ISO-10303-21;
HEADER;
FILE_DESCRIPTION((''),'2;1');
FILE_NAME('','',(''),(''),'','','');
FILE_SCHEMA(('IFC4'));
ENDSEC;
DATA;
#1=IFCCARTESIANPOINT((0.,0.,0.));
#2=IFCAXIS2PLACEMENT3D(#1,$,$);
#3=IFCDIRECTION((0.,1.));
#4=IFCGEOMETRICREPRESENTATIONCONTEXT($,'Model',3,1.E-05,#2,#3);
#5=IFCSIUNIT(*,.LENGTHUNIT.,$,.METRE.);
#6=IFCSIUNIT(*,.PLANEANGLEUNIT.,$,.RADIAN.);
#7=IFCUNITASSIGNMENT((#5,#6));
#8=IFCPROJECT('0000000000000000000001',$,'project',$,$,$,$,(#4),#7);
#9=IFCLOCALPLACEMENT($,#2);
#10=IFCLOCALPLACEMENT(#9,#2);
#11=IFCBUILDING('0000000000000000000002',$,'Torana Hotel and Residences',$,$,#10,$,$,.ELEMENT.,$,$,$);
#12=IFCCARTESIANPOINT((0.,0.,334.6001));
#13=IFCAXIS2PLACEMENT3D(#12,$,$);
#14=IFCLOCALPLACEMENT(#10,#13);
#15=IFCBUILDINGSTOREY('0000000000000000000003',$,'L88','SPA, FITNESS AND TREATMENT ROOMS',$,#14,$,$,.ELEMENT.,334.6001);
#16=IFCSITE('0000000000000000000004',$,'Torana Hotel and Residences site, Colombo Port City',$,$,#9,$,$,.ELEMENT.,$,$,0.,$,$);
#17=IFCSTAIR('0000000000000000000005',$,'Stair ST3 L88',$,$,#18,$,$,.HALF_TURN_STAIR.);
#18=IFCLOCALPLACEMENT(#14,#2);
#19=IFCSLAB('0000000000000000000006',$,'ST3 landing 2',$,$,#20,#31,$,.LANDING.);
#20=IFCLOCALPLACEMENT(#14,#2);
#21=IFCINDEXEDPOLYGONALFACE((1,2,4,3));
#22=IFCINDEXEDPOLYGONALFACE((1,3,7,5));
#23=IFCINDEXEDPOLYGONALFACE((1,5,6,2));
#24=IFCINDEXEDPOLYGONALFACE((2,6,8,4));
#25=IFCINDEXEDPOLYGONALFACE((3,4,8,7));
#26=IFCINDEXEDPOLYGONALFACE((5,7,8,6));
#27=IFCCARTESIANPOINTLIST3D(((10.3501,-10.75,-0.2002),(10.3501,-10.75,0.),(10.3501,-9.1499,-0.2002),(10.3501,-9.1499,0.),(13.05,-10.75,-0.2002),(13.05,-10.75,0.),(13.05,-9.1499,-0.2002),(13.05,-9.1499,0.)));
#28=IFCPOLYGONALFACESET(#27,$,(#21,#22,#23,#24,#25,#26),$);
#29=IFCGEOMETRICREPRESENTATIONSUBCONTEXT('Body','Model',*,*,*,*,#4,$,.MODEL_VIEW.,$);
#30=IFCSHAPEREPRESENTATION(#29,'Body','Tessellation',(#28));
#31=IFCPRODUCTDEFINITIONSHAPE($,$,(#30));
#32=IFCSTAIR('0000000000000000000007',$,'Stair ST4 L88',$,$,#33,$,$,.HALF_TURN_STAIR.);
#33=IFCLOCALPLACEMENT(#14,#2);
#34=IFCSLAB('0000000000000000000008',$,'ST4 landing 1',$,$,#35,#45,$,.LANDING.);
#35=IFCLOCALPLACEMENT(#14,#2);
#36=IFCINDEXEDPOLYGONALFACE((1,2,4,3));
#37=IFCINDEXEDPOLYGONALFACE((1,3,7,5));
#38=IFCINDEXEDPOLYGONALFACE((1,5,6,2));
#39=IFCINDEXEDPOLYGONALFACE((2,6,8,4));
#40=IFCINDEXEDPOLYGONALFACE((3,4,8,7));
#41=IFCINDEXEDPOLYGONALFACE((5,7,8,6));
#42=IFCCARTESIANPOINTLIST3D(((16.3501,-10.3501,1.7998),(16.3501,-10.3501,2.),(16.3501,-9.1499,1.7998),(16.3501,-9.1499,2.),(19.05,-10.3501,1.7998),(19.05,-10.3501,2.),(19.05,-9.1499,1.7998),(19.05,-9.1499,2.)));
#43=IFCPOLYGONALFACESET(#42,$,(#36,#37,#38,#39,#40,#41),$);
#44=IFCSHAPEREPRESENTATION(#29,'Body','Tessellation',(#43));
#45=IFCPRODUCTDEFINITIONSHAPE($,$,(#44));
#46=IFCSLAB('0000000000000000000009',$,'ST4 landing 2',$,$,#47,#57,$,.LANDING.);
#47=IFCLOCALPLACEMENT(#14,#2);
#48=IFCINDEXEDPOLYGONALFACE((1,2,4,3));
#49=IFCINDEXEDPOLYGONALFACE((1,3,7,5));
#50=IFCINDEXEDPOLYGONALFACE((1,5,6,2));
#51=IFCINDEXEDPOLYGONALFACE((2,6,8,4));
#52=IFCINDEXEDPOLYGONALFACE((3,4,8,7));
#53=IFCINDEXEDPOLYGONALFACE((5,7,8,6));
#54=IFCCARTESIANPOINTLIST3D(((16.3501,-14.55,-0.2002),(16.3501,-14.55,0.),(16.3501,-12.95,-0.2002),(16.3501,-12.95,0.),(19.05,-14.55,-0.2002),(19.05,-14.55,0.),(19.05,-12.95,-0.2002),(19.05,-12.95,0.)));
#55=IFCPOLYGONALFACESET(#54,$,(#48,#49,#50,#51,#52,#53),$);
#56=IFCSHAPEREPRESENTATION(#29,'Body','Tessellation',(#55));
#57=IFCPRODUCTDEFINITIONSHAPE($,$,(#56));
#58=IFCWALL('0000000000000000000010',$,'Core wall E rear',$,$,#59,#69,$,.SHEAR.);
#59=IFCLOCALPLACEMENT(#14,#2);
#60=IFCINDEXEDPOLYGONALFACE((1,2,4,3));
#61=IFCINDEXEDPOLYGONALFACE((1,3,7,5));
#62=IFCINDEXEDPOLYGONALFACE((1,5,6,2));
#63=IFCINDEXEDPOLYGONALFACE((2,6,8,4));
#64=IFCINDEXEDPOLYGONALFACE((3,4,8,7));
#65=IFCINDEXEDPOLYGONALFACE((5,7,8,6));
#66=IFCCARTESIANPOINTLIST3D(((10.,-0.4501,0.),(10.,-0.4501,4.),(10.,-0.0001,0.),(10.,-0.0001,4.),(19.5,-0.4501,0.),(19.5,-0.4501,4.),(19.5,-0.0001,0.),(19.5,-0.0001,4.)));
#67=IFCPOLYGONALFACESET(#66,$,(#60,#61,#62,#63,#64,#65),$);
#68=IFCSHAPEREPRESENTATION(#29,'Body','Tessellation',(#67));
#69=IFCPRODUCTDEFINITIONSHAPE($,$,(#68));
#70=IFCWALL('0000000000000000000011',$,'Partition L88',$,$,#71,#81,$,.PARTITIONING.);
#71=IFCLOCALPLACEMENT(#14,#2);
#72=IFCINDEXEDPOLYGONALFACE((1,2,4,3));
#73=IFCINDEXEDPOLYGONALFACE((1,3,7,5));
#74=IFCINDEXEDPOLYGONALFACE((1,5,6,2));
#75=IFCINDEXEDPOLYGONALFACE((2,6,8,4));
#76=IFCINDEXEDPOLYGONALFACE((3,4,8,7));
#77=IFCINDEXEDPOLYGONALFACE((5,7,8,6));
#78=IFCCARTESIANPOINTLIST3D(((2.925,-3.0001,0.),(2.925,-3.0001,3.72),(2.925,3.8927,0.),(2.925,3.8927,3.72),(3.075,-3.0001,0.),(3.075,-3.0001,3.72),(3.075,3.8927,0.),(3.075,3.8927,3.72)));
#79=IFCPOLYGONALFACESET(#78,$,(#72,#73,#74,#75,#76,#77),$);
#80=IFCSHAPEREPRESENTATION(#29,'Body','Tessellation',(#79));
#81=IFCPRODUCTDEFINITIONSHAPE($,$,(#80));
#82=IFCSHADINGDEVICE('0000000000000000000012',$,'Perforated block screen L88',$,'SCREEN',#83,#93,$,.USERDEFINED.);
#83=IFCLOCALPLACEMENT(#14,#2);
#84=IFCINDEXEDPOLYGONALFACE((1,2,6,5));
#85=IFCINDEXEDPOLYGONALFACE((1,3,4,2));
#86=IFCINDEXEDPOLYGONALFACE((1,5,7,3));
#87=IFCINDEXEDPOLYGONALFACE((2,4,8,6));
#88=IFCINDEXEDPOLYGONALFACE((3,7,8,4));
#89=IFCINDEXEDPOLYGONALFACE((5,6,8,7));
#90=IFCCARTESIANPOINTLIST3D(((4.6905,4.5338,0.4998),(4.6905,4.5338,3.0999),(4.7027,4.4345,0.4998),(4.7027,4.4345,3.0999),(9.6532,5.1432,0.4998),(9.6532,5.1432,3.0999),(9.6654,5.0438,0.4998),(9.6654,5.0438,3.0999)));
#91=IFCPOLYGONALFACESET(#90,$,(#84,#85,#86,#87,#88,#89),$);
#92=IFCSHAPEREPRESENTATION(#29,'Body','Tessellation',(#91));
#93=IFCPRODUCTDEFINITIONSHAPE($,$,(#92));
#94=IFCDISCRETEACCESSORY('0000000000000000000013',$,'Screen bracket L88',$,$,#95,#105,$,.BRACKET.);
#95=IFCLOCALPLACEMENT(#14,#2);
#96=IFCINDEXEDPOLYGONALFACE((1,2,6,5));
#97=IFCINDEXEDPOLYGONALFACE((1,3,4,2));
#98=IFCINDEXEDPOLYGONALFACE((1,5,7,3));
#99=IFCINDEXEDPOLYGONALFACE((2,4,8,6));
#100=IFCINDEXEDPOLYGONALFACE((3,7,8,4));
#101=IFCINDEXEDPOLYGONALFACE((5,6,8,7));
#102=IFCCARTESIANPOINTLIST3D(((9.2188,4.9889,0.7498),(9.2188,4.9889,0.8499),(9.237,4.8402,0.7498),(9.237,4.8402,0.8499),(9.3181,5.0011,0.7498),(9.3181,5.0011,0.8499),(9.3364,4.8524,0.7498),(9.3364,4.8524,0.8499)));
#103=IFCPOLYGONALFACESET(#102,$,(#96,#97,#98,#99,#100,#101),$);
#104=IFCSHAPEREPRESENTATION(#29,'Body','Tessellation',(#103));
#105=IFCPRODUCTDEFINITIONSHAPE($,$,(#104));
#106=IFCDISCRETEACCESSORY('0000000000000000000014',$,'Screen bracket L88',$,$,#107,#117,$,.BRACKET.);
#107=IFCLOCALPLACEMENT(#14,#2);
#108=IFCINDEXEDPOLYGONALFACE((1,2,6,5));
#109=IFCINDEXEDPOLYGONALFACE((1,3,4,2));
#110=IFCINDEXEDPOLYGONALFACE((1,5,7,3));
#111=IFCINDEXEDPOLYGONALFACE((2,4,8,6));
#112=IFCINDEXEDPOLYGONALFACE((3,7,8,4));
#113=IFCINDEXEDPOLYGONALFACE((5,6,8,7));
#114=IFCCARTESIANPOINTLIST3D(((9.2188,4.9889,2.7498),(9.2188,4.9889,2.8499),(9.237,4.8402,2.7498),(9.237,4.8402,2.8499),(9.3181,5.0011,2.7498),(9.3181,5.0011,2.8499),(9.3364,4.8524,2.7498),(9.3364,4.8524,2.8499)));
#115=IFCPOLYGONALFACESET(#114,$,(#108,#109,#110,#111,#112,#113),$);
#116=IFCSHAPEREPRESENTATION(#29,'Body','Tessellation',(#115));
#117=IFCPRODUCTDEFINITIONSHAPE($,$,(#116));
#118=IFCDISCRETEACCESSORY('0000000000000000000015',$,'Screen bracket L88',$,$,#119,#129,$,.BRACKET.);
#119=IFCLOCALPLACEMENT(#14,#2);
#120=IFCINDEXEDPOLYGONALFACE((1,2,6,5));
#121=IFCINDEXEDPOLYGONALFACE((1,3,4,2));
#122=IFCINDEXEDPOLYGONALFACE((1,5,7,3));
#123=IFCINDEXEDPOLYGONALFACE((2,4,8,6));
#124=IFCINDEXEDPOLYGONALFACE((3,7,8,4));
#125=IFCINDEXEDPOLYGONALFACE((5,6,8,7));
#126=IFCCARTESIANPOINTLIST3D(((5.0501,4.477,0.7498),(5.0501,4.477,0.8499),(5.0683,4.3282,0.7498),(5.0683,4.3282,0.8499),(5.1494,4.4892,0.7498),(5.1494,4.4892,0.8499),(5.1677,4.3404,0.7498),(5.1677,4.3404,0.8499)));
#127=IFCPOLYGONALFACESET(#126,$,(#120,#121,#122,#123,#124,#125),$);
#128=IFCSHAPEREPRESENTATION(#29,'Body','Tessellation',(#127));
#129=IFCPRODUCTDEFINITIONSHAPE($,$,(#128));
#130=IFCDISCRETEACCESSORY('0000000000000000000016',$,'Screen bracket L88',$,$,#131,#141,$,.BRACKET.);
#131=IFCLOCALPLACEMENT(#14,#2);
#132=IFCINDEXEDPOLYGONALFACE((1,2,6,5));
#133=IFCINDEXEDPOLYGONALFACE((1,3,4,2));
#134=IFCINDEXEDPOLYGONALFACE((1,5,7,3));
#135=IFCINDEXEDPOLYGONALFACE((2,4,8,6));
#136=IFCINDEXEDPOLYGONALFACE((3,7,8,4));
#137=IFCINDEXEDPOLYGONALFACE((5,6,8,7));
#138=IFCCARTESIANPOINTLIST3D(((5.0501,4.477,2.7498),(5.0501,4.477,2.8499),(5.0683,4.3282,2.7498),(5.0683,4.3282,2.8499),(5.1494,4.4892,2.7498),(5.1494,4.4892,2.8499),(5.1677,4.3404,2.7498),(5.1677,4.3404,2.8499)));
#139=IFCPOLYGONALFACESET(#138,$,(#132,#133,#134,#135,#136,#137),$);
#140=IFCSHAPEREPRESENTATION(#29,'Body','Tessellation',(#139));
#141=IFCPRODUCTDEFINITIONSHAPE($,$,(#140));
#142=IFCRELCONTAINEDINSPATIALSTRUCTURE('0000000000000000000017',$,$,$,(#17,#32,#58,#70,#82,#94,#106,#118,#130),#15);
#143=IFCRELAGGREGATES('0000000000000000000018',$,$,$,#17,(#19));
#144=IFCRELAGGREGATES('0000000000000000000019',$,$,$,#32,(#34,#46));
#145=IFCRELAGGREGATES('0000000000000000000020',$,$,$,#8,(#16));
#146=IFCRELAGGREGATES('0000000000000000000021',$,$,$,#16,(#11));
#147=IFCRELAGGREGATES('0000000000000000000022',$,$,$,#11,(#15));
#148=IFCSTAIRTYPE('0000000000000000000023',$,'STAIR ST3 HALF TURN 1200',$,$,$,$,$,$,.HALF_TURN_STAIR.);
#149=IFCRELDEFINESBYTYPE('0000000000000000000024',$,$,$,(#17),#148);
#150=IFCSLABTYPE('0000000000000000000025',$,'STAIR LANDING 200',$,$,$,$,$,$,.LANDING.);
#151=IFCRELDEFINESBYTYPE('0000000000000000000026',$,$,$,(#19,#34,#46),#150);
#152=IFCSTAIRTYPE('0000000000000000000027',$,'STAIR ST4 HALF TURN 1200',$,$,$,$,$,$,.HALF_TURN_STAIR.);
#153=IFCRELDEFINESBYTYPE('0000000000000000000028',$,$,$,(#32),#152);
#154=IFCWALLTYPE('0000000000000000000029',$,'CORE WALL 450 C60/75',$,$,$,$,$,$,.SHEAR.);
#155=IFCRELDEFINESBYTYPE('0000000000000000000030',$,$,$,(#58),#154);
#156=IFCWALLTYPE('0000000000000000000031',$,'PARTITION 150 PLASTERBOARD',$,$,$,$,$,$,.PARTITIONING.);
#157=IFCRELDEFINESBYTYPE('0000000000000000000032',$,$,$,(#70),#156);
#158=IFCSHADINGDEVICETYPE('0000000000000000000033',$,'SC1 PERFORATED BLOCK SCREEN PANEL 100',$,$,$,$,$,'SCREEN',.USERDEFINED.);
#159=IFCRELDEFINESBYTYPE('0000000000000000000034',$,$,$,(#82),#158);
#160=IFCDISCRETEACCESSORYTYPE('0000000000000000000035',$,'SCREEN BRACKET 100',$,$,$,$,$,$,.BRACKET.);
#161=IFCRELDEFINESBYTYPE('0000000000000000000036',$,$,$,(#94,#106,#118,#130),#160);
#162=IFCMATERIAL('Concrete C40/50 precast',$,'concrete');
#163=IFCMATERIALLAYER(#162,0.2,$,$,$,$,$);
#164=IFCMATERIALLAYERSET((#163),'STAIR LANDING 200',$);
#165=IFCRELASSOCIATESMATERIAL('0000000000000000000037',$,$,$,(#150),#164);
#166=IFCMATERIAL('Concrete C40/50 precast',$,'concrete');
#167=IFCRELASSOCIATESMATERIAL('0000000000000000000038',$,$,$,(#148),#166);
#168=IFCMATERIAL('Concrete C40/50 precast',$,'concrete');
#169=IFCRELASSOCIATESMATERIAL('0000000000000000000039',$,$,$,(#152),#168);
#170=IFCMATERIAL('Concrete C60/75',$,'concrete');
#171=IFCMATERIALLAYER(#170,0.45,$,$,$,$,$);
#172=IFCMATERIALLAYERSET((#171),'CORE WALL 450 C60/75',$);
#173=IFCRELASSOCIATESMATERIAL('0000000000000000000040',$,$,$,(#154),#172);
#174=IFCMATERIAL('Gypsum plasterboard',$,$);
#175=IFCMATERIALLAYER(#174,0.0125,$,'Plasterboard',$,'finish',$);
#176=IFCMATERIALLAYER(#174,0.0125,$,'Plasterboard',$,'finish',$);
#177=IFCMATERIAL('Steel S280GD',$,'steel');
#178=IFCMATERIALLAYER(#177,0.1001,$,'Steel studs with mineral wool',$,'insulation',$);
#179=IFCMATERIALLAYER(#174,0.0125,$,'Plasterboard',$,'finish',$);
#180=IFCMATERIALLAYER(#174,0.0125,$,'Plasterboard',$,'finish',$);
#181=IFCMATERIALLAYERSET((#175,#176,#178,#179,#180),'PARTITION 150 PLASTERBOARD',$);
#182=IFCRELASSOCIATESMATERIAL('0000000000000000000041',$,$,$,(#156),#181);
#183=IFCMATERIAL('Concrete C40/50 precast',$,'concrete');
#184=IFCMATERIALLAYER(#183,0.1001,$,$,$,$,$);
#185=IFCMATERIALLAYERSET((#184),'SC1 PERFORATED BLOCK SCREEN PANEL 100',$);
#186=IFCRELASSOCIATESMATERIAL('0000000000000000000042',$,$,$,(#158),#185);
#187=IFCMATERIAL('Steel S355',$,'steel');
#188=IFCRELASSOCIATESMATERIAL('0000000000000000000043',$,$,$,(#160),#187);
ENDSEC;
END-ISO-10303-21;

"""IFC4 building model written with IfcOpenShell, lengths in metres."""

from ifc_helpers import new_model, si_unit, direction, frame, frame_2d, origin, origin_2d, place, context, subcontext, project, spatial, polyline, rectangle, outline, extrude, material, layer, layer_set, type_object, element, aggregate, save


model = new_model("IFC4")

# Units and contexts
model_context = context("Model", 3, precision=1e-05, world=origin(), true_north=direction((0.0, 1.0)))
body_context = subcontext(model_context, "Body", "Model", "MODEL_VIEW")
ifc_project = project(units=[si_unit("LENGTHUNIT", "METRE"), si_unit("PLANEANGLEUNIT", "RADIAN")], contexts=[model_context])

# Site, building, storey
site_placement = place(None, origin())
site = spatial("IfcSite", under=ifc_project, at=site_placement, Name="Torana Hotel and Residences site, Colombo Port City", CompositionType="ELEMENT", RefElevation=0.0)
building_placement = place(site_placement, origin())
building = spatial("IfcBuilding", under=site, at=building_placement, Name="Torana Hotel and Residences", CompositionType="ELEMENT")
storey_placement = place(building_placement, frame((0.0, 0.0, 334.6001)))
storey = spatial("IfcBuildingStorey", under=building, at=storey_placement, Name="L88", Description="SPA, FITNESS AND TREATMENT ROOMS", CompositionType="ELEMENT", Elevation=334.6001)

# Stairs, slabs
ifc_material_1 = material(Name="Concrete C40/50 precast", Category="concrete")
ifc_layer_1 = layer(ifc_material_1, 0.2)
ifc_layer_set_1 = layer_set([ifc_layer_1], Name="STAIR LANDING 200")
slab_type_1 = type_object("IfcSlabType", Name="STAIR LANDING 200", PredefinedType="LANDING", material=ifc_layer_set_1)
ifc_material_2 = material(Name="Concrete C40/50 precast", Category="concrete")
stair_type_1 = type_object("IfcStairType", Name="STAIR ST3 HALF TURN 1200", PredefinedType="HALF_TURN_STAIR", material=ifc_material_2)
stair_1_placement = place(storey_placement, origin())
stair_1 = element("IfcStair", 1, at=stair_1_placement, inside=storey, type_object=stair_type_1, Name="Stair ST3 L88", PredefinedType="HALF_TURN_STAIR")
slab_1_placement = place(storey_placement, frame((0.0, 0.0, -0.2002)))
slab_1 = element("IfcSlab", 2, at=slab_1_placement, type_object=slab_type_1, Name="ST3 landing 2", PredefinedType="LANDING", context=body_context, shape_type="SweptSolid", body=[
    extrude(outline(polyline([(10.3501, -10.75), (13.05, -10.75), (13.05, -9.1499), (10.3501, -9.1499), (10.3501, -10.75)])), origin(), (0.0, 0.0, 1.0), 0.2002),
])
aggregate(stair_1, [slab_1])
ifc_material_3 = material(Name="Concrete C40/50 precast", Category="concrete")
stair_type_2 = type_object("IfcStairType", Name="STAIR ST4 HALF TURN 1200", PredefinedType="HALF_TURN_STAIR", material=ifc_material_3)
stair_2_placement = place(storey_placement, origin())
stair_2 = element("IfcStair", 3, at=stair_2_placement, inside=storey, type_object=stair_type_2, Name="Stair ST4 L88", PredefinedType="HALF_TURN_STAIR")
slab_2_placement = place(storey_placement, frame((0.0, 0.0, 1.7998)))
slab_2 = element("IfcSlab", 4, at=slab_2_placement, type_object=slab_type_1, Name="ST4 landing 1", PredefinedType="LANDING", context=body_context, shape_type="SweptSolid", body=[
    extrude(outline(polyline([(16.3501, -10.3501), (19.05, -10.3501), (19.05, -9.1499), (16.3501, -9.1499), (16.3501, -10.3501)])), origin(), (0.0, 0.0, 1.0), 0.2002),
])
slab_3_placement = place(storey_placement, frame((0.0, 0.0, -0.2002)))
slab_3 = element("IfcSlab", 5, at=slab_3_placement, type_object=slab_type_1, Name="ST4 landing 2", PredefinedType="LANDING", context=body_context, shape_type="SweptSolid", body=[
    extrude(outline(polyline([(16.3501, -14.55), (19.05, -14.55), (19.05, -12.95), (16.3501, -12.95), (16.3501, -14.55)])), origin(), (0.0, 0.0, 1.0), 0.2002),
])
aggregate(stair_2, [slab_2, slab_3])

# Walls
ifc_material_4 = material(Name="Concrete C60/75", Category="concrete")
ifc_layer_2 = layer(ifc_material_4, 0.45)
ifc_layer_set_2 = layer_set([ifc_layer_2], Name="CORE WALL 450 C60/75")
wall_type_1 = type_object("IfcWallType", Name="CORE WALL 450 C60/75", PredefinedType="SHEAR", material=ifc_layer_set_2)
wall_1_placement = place(storey_placement, frame((10.0, -0.2251, 0.0), z_axis=(0.0, 0.0, 1.0), x_axis=(1.0, 0.0, 0.0)))
element("IfcWall", 6, at=wall_1_placement, inside=storey, type_object=wall_type_1, Name="Core wall E rear", PredefinedType="SHEAR", context=body_context, shape_type="SweptSolid", body=[
    extrude(rectangle(XDim=9.5, YDim=0.45, at=frame_2d((4.75, 0.0))), origin(), (0.0, 0.0, 1.0), 4.0),
])
ifc_material_5 = material(Name="Gypsum plasterboard")
ifc_layer_3 = layer(ifc_material_5, 0.0125, Name="Plasterboard", Category="finish")
ifc_layer_4 = layer(ifc_material_5, 0.0125, Name="Plasterboard", Category="finish")
ifc_material_6 = material(Name="Steel S280GD", Category="steel")
ifc_layer_5 = layer(ifc_material_6, 0.1001, Name="Steel studs with mineral wool", Category="insulation")
ifc_layer_6 = layer(ifc_material_5, 0.0125, Name="Plasterboard", Category="finish")
ifc_layer_7 = layer(ifc_material_5, 0.0125, Name="Plasterboard", Category="finish")
ifc_layer_set_3 = layer_set([ifc_layer_3, ifc_layer_4, ifc_layer_5, ifc_layer_6, ifc_layer_7], Name="PARTITION 150 PLASTERBOARD")
wall_type_2 = type_object("IfcWallType", Name="PARTITION 150 PLASTERBOARD", PredefinedType="PARTITIONING", material=ifc_layer_set_3)
wall_2_placement = place(storey_placement, frame((3.0, -3.0, 0.0), z_axis=(0.0, 0.0, 1.0), x_axis=(0.0, 1.0, 0.0)))
element("IfcWall", 7, at=wall_2_placement, inside=storey, type_object=wall_type_2, Name="Partition L88", PredefinedType="PARTITIONING", context=body_context, shape_type="SweptSolid", body=[
    extrude(rectangle(XDim=6.8928, YDim=0.1499, at=frame_2d((3.4463, 0.0))), origin(), (0.0, 0.0, 1.0), 3.72),
])

# Shading device
ifc_material_7 = material(Name="Concrete C40/50 precast", Category="concrete")
ifc_layer_8 = layer(ifc_material_7, 0.1001)
ifc_layer_set_4 = layer_set([ifc_layer_8], Name="SC1 PERFORATED BLOCK SCREEN PANEL 100")
shading_device_type = type_object("IfcShadingDeviceType", Name="SC1 PERFORATED BLOCK SCREEN PANEL 100", ElementType="SCREEN", PredefinedType="USERDEFINED", material=ifc_layer_set_4)
shading_device_placement = place(storey_placement, frame((7.178, 4.7888, 0.4998), z_axis=(0.0, 0.0, 1.0), x_axis=(-0.992547, -0.121866, 0.0)))
element("IfcShadingDevice", 8, at=shading_device_placement, inside=storey, type_object=shading_device_type, Name="Perforated block screen L88", ObjectType="SCREEN", PredefinedType="USERDEFINED", context=body_context, shape_type="SweptSolid", body=[
    extrude(rectangle(XDim=5.0, YDim=0.1001, at=origin_2d()), origin(), (0.0, 0.0, 1.0), 2.6001),
])

# Discrete accessories
ifc_material_8 = material(Name="Steel S355", Category="steel")
discrete_accessory_type = type_object("IfcDiscreteAccessoryType", Name="SCREEN BRACKET 100", PredefinedType="BRACKET", material=ifc_material_8)
for number, where, z_axis, x_axis, name in (
    (9, (9.2776, 4.9207, 0.7498), (0.0, 0.0, 1.0), (-0.992547, -0.121866, 0.0), "Screen bracket L88"),
    (10, (9.2776, 4.9207, 2.7498), (0.0, 0.0, 1.0), (-0.992547, -0.121866, 0.0), "Screen bracket L88"),
    (11, (5.1089, 4.4087, 0.7498), (0.0, 0.0, 1.0), (-0.992547, -0.121866, 0.0), "Screen bracket L88"),
    (12, (5.1089, 4.4087, 2.7498), (0.0, 0.0, 1.0), (-0.992547, -0.121866, 0.0), "Screen bracket L88"),
):
    element("IfcDiscreteAccessory", number, at=place(storey_placement, frame(where, z_axis=z_axis, x_axis=x_axis)), inside=storey, type_object=discrete_accessory_type, Name=name, PredefinedType="BRACKET", context=body_context, shape_type="SweptSolid", body=[
        extrude(rectangle(XDim=0.1001, YDim=0.1499, at=origin_2d()), origin(), (0.0, 0.0, 1.0), 0.1001),
    ])

save(model, "model.ifc")
